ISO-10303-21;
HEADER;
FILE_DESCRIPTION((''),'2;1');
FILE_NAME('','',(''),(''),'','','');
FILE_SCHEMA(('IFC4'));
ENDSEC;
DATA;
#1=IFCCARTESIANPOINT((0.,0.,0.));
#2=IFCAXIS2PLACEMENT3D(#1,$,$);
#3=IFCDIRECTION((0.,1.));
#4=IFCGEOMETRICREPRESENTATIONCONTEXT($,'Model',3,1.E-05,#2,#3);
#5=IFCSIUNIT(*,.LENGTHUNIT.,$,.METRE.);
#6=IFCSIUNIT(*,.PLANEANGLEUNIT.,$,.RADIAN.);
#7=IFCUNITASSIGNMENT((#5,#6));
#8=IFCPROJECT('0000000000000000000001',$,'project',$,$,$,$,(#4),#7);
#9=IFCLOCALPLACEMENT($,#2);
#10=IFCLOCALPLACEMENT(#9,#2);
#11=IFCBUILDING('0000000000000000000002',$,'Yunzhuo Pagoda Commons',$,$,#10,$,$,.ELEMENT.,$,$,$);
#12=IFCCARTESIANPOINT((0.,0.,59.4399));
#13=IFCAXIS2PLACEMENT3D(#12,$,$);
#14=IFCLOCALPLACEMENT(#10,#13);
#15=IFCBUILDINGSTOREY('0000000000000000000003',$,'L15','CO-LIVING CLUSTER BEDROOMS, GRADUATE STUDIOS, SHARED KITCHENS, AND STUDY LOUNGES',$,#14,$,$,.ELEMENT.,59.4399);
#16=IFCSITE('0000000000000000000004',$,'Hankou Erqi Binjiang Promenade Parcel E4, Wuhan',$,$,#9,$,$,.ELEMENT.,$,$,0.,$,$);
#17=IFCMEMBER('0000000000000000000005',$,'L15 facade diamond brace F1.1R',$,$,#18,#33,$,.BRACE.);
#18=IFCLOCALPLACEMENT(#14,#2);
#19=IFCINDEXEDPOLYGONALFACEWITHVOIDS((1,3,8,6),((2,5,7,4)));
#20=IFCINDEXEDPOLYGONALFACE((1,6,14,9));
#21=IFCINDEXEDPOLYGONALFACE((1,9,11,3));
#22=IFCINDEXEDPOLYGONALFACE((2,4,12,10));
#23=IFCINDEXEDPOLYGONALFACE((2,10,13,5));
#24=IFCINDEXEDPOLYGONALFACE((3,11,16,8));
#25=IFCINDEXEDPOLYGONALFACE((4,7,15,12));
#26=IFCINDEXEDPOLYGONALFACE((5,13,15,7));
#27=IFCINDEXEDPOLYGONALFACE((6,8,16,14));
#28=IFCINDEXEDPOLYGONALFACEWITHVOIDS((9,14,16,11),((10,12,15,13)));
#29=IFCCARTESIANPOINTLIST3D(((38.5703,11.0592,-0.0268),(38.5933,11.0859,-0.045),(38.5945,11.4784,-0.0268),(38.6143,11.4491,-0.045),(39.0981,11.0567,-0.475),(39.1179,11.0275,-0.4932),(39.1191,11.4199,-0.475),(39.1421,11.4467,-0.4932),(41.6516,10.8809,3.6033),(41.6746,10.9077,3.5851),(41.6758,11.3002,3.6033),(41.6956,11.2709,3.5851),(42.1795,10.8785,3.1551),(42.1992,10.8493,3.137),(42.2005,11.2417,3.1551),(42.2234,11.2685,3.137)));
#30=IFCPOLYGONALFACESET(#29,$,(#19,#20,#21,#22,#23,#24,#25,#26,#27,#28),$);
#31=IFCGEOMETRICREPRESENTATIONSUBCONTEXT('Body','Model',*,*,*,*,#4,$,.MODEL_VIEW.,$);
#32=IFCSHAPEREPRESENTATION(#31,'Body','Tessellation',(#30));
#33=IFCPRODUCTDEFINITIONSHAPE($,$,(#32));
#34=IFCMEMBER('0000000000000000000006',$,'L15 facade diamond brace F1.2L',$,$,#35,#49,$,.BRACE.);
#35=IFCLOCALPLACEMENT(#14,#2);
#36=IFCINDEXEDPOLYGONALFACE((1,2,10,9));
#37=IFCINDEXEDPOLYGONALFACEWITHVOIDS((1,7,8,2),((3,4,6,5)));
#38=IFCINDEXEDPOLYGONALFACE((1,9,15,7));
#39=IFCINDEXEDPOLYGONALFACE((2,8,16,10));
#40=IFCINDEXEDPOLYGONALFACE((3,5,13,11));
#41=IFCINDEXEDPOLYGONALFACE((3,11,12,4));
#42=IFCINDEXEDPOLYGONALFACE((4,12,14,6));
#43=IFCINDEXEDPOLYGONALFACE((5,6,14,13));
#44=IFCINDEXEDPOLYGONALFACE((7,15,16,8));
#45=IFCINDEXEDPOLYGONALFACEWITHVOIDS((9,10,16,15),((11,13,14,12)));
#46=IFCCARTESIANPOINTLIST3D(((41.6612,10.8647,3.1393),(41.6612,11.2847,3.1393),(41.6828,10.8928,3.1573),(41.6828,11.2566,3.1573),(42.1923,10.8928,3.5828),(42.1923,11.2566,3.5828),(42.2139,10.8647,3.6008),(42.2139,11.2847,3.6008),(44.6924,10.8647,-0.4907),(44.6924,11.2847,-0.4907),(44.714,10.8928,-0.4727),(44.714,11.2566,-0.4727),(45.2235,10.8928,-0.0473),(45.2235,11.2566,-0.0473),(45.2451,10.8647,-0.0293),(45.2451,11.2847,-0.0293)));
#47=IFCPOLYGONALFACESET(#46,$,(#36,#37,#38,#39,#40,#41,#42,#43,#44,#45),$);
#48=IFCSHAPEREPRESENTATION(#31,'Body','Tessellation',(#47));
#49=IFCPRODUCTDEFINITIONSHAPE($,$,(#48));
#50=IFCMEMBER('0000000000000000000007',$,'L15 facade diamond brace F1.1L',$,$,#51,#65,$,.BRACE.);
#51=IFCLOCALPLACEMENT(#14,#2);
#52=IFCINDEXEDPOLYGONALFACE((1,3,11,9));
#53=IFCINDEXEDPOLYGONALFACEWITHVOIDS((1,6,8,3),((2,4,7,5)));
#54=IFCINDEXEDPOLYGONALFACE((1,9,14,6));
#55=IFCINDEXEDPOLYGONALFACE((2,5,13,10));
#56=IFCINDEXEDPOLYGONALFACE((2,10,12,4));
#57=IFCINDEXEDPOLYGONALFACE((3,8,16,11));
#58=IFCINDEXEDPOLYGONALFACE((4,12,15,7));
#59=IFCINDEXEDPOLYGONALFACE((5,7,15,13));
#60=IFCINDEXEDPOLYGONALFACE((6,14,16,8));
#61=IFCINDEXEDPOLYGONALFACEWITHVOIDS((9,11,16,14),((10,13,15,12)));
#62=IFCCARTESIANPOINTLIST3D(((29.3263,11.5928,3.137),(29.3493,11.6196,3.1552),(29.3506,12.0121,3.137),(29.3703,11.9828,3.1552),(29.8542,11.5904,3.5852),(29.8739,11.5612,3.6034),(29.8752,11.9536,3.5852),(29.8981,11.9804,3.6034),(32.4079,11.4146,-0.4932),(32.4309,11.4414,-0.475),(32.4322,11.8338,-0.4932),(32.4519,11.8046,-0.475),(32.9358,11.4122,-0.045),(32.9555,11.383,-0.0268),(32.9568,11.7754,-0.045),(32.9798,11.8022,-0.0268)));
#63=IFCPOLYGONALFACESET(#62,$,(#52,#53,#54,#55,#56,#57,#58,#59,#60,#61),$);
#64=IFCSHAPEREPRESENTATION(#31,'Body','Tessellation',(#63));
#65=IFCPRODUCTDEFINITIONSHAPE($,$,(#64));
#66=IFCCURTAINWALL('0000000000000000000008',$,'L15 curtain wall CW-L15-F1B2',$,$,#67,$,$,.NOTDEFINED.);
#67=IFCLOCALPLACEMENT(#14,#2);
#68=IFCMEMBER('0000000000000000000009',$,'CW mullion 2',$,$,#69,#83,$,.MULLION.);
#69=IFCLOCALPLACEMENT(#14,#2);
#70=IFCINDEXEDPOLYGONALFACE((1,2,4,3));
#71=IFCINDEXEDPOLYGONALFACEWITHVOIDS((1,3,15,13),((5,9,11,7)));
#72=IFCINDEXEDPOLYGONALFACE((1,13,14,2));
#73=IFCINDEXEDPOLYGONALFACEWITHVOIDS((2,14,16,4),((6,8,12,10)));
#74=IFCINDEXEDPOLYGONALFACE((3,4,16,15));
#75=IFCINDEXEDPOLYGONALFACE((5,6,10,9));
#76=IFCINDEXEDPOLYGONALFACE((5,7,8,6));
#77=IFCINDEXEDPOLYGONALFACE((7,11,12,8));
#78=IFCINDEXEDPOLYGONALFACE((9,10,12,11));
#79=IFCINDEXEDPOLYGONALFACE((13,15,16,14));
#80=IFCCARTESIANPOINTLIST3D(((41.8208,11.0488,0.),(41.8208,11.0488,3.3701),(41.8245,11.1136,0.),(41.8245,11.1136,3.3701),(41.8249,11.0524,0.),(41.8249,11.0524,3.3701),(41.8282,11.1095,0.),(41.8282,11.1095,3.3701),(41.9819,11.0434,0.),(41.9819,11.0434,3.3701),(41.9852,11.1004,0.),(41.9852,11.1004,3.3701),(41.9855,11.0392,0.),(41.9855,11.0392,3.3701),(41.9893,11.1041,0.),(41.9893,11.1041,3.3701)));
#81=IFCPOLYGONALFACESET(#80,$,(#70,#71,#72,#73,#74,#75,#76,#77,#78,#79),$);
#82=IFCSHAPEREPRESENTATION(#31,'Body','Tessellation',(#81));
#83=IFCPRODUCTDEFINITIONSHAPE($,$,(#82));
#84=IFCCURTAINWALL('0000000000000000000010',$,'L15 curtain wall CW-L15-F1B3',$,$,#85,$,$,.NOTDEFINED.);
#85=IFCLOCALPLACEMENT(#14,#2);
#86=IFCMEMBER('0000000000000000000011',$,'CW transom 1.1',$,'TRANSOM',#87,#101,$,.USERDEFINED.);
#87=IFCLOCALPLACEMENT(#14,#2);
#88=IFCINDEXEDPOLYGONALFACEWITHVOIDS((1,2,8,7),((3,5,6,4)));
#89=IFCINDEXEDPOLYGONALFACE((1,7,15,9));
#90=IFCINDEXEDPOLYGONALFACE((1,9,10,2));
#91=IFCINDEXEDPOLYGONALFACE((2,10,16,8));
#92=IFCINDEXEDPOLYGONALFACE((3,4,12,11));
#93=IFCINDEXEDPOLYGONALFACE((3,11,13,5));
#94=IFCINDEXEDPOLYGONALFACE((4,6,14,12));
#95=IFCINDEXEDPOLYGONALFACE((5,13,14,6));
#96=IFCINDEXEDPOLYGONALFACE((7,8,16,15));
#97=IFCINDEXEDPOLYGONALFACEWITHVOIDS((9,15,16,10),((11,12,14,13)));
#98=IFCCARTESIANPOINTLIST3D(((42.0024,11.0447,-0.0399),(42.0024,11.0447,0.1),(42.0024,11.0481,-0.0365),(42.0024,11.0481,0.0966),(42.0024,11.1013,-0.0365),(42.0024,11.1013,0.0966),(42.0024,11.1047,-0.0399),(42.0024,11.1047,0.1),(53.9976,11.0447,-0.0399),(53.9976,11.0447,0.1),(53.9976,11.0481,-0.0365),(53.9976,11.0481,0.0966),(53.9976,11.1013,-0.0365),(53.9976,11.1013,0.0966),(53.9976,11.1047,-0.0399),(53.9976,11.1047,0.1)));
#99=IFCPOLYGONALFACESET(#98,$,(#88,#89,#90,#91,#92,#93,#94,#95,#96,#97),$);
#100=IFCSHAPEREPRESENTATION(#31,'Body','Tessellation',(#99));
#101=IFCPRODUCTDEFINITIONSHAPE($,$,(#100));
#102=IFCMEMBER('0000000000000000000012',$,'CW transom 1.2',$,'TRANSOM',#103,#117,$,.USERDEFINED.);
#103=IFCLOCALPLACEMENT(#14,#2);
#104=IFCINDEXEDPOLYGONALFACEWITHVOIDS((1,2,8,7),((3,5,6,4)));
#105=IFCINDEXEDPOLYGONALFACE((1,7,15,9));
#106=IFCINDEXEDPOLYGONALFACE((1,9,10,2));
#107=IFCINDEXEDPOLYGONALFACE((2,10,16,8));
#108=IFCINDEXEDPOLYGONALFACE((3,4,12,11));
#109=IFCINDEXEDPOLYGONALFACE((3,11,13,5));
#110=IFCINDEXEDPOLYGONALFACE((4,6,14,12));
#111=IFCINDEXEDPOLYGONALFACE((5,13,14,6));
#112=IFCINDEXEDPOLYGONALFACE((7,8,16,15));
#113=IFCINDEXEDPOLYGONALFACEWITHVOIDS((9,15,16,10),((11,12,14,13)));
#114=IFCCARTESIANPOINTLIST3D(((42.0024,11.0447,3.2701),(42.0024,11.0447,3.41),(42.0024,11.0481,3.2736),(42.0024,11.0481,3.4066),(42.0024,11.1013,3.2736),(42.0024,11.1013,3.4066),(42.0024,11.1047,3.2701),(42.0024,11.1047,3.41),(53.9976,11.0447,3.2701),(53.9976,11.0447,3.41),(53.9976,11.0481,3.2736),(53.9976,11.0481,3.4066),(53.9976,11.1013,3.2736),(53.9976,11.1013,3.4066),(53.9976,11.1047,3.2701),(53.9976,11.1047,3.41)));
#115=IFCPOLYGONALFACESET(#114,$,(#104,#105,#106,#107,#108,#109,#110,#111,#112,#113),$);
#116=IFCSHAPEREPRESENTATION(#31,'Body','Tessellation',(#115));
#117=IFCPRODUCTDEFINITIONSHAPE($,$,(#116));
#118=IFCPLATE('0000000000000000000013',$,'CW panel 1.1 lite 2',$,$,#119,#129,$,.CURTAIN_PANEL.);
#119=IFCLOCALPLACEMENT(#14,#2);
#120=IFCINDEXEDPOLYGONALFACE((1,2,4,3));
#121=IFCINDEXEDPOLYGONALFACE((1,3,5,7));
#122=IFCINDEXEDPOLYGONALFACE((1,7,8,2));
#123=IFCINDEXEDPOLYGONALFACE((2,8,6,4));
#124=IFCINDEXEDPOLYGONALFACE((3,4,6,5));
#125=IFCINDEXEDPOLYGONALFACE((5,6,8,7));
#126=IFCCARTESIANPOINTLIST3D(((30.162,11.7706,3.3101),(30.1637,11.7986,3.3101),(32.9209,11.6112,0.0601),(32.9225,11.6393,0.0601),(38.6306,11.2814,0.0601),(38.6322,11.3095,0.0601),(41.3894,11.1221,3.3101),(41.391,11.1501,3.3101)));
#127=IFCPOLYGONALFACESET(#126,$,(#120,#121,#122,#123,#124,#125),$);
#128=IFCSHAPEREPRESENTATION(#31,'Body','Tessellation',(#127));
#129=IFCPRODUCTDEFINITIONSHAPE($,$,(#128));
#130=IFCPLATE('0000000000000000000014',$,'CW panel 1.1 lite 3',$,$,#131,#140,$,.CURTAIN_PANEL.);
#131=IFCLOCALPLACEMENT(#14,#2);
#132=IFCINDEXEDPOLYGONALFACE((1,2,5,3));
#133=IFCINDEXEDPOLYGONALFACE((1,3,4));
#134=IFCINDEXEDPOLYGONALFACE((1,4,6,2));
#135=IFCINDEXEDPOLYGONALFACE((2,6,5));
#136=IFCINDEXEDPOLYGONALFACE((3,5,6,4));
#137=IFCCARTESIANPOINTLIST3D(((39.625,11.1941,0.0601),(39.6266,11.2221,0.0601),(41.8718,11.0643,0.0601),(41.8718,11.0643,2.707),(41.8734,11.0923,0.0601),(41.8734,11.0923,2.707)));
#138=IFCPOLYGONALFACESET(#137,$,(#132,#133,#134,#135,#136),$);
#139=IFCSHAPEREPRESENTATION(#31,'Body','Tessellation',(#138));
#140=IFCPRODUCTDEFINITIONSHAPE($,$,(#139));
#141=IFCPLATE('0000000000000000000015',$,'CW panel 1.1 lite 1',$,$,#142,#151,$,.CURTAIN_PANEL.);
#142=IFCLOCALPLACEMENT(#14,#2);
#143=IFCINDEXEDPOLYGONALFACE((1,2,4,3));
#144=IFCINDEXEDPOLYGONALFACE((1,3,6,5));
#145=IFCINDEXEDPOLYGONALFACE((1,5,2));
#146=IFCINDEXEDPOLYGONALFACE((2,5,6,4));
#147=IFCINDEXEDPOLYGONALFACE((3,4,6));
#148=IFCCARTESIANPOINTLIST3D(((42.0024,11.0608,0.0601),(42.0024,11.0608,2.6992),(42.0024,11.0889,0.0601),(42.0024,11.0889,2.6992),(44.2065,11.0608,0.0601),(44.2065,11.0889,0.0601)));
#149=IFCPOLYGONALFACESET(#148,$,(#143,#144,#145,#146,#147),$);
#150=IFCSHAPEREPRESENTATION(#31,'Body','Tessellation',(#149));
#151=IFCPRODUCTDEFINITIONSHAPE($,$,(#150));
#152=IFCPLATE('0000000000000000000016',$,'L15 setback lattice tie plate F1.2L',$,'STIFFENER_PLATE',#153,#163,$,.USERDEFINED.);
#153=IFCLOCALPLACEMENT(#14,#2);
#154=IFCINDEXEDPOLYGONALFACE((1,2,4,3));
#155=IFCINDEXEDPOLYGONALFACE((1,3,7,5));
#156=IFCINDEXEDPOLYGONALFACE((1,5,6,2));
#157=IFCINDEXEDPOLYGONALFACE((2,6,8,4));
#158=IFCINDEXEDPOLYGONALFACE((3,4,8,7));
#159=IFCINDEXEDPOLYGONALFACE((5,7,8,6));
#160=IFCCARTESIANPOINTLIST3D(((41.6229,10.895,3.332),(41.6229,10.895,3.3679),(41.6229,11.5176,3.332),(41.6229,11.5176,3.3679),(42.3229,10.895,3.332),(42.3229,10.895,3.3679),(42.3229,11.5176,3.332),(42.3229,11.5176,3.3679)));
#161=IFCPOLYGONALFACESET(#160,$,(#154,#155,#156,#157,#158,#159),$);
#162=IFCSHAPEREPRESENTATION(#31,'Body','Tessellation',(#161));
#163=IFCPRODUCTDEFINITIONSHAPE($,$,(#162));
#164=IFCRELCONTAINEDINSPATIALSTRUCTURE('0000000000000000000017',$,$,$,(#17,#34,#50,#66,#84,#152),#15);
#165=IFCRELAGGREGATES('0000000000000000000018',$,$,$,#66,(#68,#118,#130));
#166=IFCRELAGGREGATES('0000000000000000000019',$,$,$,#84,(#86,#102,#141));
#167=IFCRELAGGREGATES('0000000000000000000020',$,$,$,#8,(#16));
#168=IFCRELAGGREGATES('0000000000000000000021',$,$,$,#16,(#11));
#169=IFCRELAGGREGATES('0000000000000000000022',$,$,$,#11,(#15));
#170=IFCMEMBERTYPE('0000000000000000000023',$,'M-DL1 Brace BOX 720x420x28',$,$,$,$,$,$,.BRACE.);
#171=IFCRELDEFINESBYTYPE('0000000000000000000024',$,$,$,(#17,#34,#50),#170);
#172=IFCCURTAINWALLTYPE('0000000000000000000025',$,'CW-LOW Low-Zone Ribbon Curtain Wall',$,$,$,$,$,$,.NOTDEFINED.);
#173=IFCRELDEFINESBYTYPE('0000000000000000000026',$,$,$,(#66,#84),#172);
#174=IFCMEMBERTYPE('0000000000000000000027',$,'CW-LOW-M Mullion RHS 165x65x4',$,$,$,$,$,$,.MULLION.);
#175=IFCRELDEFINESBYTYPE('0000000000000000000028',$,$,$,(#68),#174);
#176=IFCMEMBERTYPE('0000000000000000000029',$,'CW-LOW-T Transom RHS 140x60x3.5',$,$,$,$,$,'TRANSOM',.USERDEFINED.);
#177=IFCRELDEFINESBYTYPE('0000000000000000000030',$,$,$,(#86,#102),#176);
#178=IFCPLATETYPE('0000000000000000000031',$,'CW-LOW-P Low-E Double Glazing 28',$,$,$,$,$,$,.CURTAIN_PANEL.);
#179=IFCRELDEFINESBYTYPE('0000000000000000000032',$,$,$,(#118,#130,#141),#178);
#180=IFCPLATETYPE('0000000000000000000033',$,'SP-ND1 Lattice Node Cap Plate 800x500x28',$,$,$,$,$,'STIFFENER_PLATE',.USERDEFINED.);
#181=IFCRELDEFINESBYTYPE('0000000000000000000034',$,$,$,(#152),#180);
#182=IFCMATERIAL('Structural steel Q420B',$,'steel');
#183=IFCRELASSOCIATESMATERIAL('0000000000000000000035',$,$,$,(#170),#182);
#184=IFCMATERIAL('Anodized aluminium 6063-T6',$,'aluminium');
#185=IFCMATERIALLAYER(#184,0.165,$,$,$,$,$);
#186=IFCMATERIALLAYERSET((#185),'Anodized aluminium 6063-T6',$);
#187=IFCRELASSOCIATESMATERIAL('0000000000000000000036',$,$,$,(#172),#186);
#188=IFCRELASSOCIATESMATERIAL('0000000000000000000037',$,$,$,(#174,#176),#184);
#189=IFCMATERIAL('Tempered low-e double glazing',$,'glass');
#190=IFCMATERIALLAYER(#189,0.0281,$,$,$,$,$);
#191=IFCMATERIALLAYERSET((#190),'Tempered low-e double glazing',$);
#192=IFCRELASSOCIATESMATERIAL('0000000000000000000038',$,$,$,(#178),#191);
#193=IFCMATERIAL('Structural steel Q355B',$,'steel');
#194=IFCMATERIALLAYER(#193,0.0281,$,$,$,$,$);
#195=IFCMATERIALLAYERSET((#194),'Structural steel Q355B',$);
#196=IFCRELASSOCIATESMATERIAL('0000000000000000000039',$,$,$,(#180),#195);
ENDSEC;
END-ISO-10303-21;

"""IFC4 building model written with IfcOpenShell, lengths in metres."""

from ifc_helpers import new_model, si_unit, direction, frame, origin, origin_2d, place, context, subcontext, project, spatial, polyline, rectangle, hollow_rectangle, outline, extrude, source, transform, mapped, material, layer, layer_set, material_profile, profile_set, type_object, element, aggregate, save


model = new_model("IFC4")

# Units and contexts
model_context = context("Model", 3, precision=1e-05, world=origin(), true_north=direction((0.0, 1.0)))
body_context = subcontext(model_context, "Body", "Model", "MODEL_VIEW")
ifc_project = project(units=[si_unit("LENGTHUNIT", "METRE"), si_unit("PLANEANGLEUNIT", "RADIAN")], contexts=[model_context])

# Site, building, storey
site_placement = place(None, origin())
site = spatial("IfcSite", under=ifc_project, at=site_placement, Name="Hankou Erqi Binjiang Promenade Parcel E4, Wuhan", CompositionType="ELEMENT", RefElevation=0.0)
building_placement = place(site_placement, origin())
building = spatial("IfcBuilding", under=site, at=building_placement, Name="Yunzhuo Pagoda Commons", CompositionType="ELEMENT")
storey_placement = place(building_placement, frame((0.0, 0.0, 59.4399)))
storey = spatial("IfcBuildingStorey", under=building, at=storey_placement, Name="L15", Description="CO-LIVING CLUSTER BEDROOMS, GRADUATE STUDIOS, SHARED KITCHENS, AND STUDY LOUNGES", CompositionType="ELEMENT", Elevation=59.4399)

# Shared definitions
ifc_material_1 = material(Name="Structural steel Q420B", Category="steel")

# Shared definitions
ifc_material_2 = material(Name="Structural steel Q355B", Category="steel")

# Members
ifc_material_profile_1 = material_profile(ifc_material_1, hollow_rectangle(XDim=0.4199, YDim=0.72, WallThickness=0.0281, at=origin_2d()), Name="Structural steel Q420B")
ifc_profile_set_1 = profile_set([ifc_material_profile_1], Name="Structural steel Q420B")
member_type_1 = type_object("IfcMemberType", Name="M-DL1 Brace BOX 720x420x28", PredefinedType="BRACE", material=ifc_profile_set_1)
shared_shape_1 = source(origin(), body_context, "Body", "SweptSolid", [
    extrude(hollow_rectangle(XDim=0.4199, YDim=0.72, WallThickness=0.0281, at=origin_2d()), origin(), (0.0, 0.0, 1.0), 4.7649),
])
member_1_placement = place(storey_placement, frame((38.8562, 11.2529, -0.26), z_axis=(0.64667, -0.037403, 0.761852), x_axis=(0.057744, 0.998331, 0.0)))
element("IfcMember", 1, at=member_1_placement, inside=storey, type_object=member_type_1, Name="L15 facade diamond brace F1.1R", PredefinedType="BRACE", context=body_context, shape_type="MappedRepresentation", body=[
    mapped(shared_shape_1, transform((0.0, 0.0, 0.0), scale=1.0)),
])
shared_shape_2 = source(origin(), body_context, "Body", "SweptSolid", [
    extrude(hollow_rectangle(XDim=0.4199, YDim=0.72, WallThickness=0.0281, at=origin_2d()), origin(), (0.0, 0.0, 1.0), 4.7292),
])
member_2_placement = place(storey_placement, frame((44.9688, 11.0747, -0.26), z_axis=(-0.640951, 0.0, 0.767582), x_axis=(0.0, -1.0, 0.0)))
element("IfcMember", 2, at=member_2_placement, inside=storey, type_object=member_type_1, Name="L15 facade diamond brace F1.2L", PredefinedType="BRACE", context=body_context, shape_type="MappedRepresentation", body=[
    mapped(shared_shape_2, transform((0.0, 0.0, 0.0), scale=1.0)),
])
shared_shape_3 = source(origin(), body_context, "Body", "SweptSolid", [
    extrude(hollow_rectangle(XDim=0.4199, YDim=0.72, WallThickness=0.0281, at=origin_2d()), origin(), (0.0, 0.0, 1.0), 4.7651),
])
member_3_placement = place(storey_placement, frame((32.6938, 11.6084, -0.26), z_axis=(-0.6467, 0.037402, 0.761827), x_axis=(-0.057739, -0.998332, 0.0)))
element("IfcMember", 3, at=member_3_placement, inside=storey, type_object=member_type_1, Name="L15 facade diamond brace F1.1L", PredefinedType="BRACE", context=body_context, shape_type="MappedRepresentation", body=[
    mapped(shared_shape_3, transform((0.0, 0.0, 0.0), scale=1.0)),
])

# Curtain wall, member
ifc_material_3 = material(Name="Anodized aluminium 6063-T6", Category="aluminium")
ifc_layer_1 = layer(ifc_material_3, 0.165)
ifc_layer_set_1 = layer_set([ifc_layer_1], Name="Anodized aluminium 6063-T6")
curtain_wall_type = type_object("IfcCurtainWallType", Name="CW-LOW Low-Zone Ribbon Curtain Wall", PredefinedType="NOTDEFINED", material=ifc_layer_set_1)
curtain_wall_1_placement = place(storey_placement, origin())
curtain_wall_1 = element("IfcCurtainWall", 4, at=curtain_wall_1_placement, inside=storey, type_object=curtain_wall_type, Name="L15 curtain wall CW-L15-F1B2", PredefinedType="NOTDEFINED")
ifc_material_profile_2 = material_profile(ifc_material_3, hollow_rectangle(XDim=0.0649, YDim=0.165, WallThickness=0.0039, at=origin_2d()), Name="Anodized aluminium 6063-T6")
ifc_profile_set_2 = profile_set([ifc_material_profile_2], Name="Anodized aluminium 6063-T6")
member_type_2 = type_object("IfcMemberType", Name="CW-LOW-M Mullion RHS 165x65x4", PredefinedType="MULLION", material=ifc_profile_set_2)
shared_shape_4 = source(origin(), body_context, "Body", "SweptSolid", [
    extrude(hollow_rectangle(XDim=0.0649, YDim=0.165, WallThickness=0.0039, at=origin_2d()), origin(), (0.0, 0.0, 1.0), 3.3701),
])
member_4_placement = place(storey_placement, frame((41.905, 11.0764, 0.0), z_axis=(0.0, 0.0, 1.0), x_axis=(0.057664, 0.998336, 0.0)))
member_4 = element("IfcMember", 5, at=member_4_placement, type_object=member_type_2, Name="CW mullion 2", PredefinedType="MULLION", context=body_context, shape_type="MappedRepresentation", body=[
    mapped(shared_shape_4, transform((0.0, 0.0, 0.0), scale=1.0)),
])

# Curtain wall, members
curtain_wall_2_placement = place(storey_placement, origin())
curtain_wall_2 = element("IfcCurtainWall", 6, at=curtain_wall_2_placement, inside=storey, type_object=curtain_wall_type, Name="L15 curtain wall CW-L15-F1B3", PredefinedType="NOTDEFINED")
ifc_material_profile_3 = material_profile(ifc_material_3, hollow_rectangle(XDim=0.0601, YDim=0.1399, WallThickness=0.0034, at=origin_2d()), Name="Anodized aluminium 6063-T6")
ifc_profile_set_3 = profile_set([ifc_material_profile_3], Name="Anodized aluminium 6063-T6")
member_type_3 = type_object("IfcMemberType", Name="CW-LOW-T Transom RHS 140x60x3.5", ElementType="TRANSOM", PredefinedType="USERDEFINED", material=ifc_profile_set_3)
shared_shape_5 = source(origin(), body_context, "Body", "SweptSolid", [
    extrude(hollow_rectangle(XDim=0.0601, YDim=0.1399, WallThickness=0.0034, at=origin_2d()), origin(), (0.0, 0.0, 1.0), 11.9951),
])
member_5_placement = place(storey_placement, frame((42.0024, 11.0747, 0.03), z_axis=(1.0, 0.0, 0.0), x_axis=(0.0, 1.0, 0.0)))
member_5 = element("IfcMember", 7, at=member_5_placement, type_object=member_type_3, Name="CW transom 1.1", ObjectType="TRANSOM", PredefinedType="USERDEFINED", context=body_context, shape_type="MappedRepresentation", body=[
    mapped(shared_shape_5, transform((0.0, 0.0, 0.0), scale=1.0)),
])
member_6_placement = place(storey_placement, frame((42.0024, 11.0747, 3.3401), z_axis=(1.0, 0.0, 0.0), x_axis=(0.0, 1.0, 0.0)))
member_6 = element("IfcMember", 8, at=member_6_placement, type_object=member_type_3, Name="CW transom 1.2", ObjectType="TRANSOM", PredefinedType="USERDEFINED", context=body_context, shape_type="MappedRepresentation", body=[
    mapped(shared_shape_5, transform((0.0, 0.0, 0.0), scale=1.0)),
])

# Plates
ifc_material_4 = material(Name="Tempered low-e double glazing", Category="glass")
ifc_layer_2 = layer(ifc_material_4, 0.0281)
ifc_layer_set_2 = layer_set([ifc_layer_2], Name="Tempered low-e double glazing")
plate_type_1 = type_object("IfcPlateType", Name="CW-LOW-P Low-E Double Glazing 28", PredefinedType="CURTAIN_PANEL", material=ifc_layer_set_2)
plate_1_placement = place(storey_placement, frame((35.7773, 11.4744, 1.6851), z_axis=(-0.057664, -0.998336, 0.0), x_axis=(0.998336, -0.057664, 0.0)))
plate_1 = element("IfcPlate", 9, at=plate_1_placement, type_object=plate_type_1, Name="CW panel 1.1 lite 2", PredefinedType="CURTAIN_PANEL", context=body_context, shape_type="SweptSolid", body=[
    extrude(outline(polyline([(-5.623, 1.625), (-2.8596, -1.625), (2.8596, -1.625), (5.623, 1.625), (-5.623, 1.625)])), origin(), (0.0, 0.0, 1.0), 0.0281),
])
plate_2_placement = place(storey_placement, frame((40.75, 11.1572, 1.3835), z_axis=(-0.057664, -0.998336, 0.0), x_axis=(0.998336, -0.057664, 0.0)))
plate_2 = element("IfcPlate", 10, at=plate_2_placement, type_object=plate_type_1, Name="CW panel 1.1 lite 3", PredefinedType="CURTAIN_PANEL", context=body_context, shape_type="SweptSolid", body=[
    extrude(outline(polyline([(-1.1252, -1.3235), (1.1252, -1.3235), (1.1252, 1.3235), (-1.1252, -1.3235)])), origin(), (0.0, 0.0, 1.0), 0.0281),
])
aggregate(curtain_wall_1, [member_4, plate_1, plate_2])
plate_3_placement = place(storey_placement, frame((43.1045, 11.0889, 1.3796), z_axis=(0.0, -1.0, 0.0), x_axis=(1.0, 0.0, 0.0)))
plate_3 = element("IfcPlate", 11, at=plate_3_placement, type_object=plate_type_1, Name="CW panel 1.1 lite 1", PredefinedType="CURTAIN_PANEL", context=body_context, shape_type="SweptSolid", body=[
    extrude(outline(polyline([(-1.1021, -1.3196), (1.1021, -1.3196), (-1.1021, 1.3196), (-1.1021, -1.3196)])), origin(), (0.0, 0.0, 1.0), 0.0281),
])
aggregate(curtain_wall_2, [member_5, member_6, plate_3])
ifc_layer_3 = layer(ifc_material_2, 0.0281)
ifc_layer_set_3 = layer_set([ifc_layer_3], Name="Structural steel Q355B")
plate_type_2 = type_object("IfcPlateType", Name="SP-ND1 Lattice Node Cap Plate 800x500x28", ElementType="STIFFENER_PLATE", PredefinedType="USERDEFINED", material=ifc_layer_set_3)
shared_shape_6 = source(origin(), body_context, "Body", "SweptSolid", [
    extrude(rectangle(XDim=0.7, YDim=0.6226, at=origin_2d()), origin(), (0.0, 0.0, 1.0), 0.0359),
])
plate_4_placement = place(storey_placement, frame((41.9729, 11.2063, 3.332), z_axis=(0.0, 0.0, 1.0), x_axis=(1.0, 0.0, 0.0)))
element("IfcPlate", 12, at=plate_4_placement, inside=storey, type_object=plate_type_2, Name="L15 setback lattice tie plate F1.2L", ObjectType="STIFFENER_PLATE", PredefinedType="USERDEFINED", context=body_context, shape_type="MappedRepresentation", body=[
    mapped(shared_shape_6, transform((0.0, 0.0, 0.0), scale=1.0)),
])

save(model, "model.ifc")
